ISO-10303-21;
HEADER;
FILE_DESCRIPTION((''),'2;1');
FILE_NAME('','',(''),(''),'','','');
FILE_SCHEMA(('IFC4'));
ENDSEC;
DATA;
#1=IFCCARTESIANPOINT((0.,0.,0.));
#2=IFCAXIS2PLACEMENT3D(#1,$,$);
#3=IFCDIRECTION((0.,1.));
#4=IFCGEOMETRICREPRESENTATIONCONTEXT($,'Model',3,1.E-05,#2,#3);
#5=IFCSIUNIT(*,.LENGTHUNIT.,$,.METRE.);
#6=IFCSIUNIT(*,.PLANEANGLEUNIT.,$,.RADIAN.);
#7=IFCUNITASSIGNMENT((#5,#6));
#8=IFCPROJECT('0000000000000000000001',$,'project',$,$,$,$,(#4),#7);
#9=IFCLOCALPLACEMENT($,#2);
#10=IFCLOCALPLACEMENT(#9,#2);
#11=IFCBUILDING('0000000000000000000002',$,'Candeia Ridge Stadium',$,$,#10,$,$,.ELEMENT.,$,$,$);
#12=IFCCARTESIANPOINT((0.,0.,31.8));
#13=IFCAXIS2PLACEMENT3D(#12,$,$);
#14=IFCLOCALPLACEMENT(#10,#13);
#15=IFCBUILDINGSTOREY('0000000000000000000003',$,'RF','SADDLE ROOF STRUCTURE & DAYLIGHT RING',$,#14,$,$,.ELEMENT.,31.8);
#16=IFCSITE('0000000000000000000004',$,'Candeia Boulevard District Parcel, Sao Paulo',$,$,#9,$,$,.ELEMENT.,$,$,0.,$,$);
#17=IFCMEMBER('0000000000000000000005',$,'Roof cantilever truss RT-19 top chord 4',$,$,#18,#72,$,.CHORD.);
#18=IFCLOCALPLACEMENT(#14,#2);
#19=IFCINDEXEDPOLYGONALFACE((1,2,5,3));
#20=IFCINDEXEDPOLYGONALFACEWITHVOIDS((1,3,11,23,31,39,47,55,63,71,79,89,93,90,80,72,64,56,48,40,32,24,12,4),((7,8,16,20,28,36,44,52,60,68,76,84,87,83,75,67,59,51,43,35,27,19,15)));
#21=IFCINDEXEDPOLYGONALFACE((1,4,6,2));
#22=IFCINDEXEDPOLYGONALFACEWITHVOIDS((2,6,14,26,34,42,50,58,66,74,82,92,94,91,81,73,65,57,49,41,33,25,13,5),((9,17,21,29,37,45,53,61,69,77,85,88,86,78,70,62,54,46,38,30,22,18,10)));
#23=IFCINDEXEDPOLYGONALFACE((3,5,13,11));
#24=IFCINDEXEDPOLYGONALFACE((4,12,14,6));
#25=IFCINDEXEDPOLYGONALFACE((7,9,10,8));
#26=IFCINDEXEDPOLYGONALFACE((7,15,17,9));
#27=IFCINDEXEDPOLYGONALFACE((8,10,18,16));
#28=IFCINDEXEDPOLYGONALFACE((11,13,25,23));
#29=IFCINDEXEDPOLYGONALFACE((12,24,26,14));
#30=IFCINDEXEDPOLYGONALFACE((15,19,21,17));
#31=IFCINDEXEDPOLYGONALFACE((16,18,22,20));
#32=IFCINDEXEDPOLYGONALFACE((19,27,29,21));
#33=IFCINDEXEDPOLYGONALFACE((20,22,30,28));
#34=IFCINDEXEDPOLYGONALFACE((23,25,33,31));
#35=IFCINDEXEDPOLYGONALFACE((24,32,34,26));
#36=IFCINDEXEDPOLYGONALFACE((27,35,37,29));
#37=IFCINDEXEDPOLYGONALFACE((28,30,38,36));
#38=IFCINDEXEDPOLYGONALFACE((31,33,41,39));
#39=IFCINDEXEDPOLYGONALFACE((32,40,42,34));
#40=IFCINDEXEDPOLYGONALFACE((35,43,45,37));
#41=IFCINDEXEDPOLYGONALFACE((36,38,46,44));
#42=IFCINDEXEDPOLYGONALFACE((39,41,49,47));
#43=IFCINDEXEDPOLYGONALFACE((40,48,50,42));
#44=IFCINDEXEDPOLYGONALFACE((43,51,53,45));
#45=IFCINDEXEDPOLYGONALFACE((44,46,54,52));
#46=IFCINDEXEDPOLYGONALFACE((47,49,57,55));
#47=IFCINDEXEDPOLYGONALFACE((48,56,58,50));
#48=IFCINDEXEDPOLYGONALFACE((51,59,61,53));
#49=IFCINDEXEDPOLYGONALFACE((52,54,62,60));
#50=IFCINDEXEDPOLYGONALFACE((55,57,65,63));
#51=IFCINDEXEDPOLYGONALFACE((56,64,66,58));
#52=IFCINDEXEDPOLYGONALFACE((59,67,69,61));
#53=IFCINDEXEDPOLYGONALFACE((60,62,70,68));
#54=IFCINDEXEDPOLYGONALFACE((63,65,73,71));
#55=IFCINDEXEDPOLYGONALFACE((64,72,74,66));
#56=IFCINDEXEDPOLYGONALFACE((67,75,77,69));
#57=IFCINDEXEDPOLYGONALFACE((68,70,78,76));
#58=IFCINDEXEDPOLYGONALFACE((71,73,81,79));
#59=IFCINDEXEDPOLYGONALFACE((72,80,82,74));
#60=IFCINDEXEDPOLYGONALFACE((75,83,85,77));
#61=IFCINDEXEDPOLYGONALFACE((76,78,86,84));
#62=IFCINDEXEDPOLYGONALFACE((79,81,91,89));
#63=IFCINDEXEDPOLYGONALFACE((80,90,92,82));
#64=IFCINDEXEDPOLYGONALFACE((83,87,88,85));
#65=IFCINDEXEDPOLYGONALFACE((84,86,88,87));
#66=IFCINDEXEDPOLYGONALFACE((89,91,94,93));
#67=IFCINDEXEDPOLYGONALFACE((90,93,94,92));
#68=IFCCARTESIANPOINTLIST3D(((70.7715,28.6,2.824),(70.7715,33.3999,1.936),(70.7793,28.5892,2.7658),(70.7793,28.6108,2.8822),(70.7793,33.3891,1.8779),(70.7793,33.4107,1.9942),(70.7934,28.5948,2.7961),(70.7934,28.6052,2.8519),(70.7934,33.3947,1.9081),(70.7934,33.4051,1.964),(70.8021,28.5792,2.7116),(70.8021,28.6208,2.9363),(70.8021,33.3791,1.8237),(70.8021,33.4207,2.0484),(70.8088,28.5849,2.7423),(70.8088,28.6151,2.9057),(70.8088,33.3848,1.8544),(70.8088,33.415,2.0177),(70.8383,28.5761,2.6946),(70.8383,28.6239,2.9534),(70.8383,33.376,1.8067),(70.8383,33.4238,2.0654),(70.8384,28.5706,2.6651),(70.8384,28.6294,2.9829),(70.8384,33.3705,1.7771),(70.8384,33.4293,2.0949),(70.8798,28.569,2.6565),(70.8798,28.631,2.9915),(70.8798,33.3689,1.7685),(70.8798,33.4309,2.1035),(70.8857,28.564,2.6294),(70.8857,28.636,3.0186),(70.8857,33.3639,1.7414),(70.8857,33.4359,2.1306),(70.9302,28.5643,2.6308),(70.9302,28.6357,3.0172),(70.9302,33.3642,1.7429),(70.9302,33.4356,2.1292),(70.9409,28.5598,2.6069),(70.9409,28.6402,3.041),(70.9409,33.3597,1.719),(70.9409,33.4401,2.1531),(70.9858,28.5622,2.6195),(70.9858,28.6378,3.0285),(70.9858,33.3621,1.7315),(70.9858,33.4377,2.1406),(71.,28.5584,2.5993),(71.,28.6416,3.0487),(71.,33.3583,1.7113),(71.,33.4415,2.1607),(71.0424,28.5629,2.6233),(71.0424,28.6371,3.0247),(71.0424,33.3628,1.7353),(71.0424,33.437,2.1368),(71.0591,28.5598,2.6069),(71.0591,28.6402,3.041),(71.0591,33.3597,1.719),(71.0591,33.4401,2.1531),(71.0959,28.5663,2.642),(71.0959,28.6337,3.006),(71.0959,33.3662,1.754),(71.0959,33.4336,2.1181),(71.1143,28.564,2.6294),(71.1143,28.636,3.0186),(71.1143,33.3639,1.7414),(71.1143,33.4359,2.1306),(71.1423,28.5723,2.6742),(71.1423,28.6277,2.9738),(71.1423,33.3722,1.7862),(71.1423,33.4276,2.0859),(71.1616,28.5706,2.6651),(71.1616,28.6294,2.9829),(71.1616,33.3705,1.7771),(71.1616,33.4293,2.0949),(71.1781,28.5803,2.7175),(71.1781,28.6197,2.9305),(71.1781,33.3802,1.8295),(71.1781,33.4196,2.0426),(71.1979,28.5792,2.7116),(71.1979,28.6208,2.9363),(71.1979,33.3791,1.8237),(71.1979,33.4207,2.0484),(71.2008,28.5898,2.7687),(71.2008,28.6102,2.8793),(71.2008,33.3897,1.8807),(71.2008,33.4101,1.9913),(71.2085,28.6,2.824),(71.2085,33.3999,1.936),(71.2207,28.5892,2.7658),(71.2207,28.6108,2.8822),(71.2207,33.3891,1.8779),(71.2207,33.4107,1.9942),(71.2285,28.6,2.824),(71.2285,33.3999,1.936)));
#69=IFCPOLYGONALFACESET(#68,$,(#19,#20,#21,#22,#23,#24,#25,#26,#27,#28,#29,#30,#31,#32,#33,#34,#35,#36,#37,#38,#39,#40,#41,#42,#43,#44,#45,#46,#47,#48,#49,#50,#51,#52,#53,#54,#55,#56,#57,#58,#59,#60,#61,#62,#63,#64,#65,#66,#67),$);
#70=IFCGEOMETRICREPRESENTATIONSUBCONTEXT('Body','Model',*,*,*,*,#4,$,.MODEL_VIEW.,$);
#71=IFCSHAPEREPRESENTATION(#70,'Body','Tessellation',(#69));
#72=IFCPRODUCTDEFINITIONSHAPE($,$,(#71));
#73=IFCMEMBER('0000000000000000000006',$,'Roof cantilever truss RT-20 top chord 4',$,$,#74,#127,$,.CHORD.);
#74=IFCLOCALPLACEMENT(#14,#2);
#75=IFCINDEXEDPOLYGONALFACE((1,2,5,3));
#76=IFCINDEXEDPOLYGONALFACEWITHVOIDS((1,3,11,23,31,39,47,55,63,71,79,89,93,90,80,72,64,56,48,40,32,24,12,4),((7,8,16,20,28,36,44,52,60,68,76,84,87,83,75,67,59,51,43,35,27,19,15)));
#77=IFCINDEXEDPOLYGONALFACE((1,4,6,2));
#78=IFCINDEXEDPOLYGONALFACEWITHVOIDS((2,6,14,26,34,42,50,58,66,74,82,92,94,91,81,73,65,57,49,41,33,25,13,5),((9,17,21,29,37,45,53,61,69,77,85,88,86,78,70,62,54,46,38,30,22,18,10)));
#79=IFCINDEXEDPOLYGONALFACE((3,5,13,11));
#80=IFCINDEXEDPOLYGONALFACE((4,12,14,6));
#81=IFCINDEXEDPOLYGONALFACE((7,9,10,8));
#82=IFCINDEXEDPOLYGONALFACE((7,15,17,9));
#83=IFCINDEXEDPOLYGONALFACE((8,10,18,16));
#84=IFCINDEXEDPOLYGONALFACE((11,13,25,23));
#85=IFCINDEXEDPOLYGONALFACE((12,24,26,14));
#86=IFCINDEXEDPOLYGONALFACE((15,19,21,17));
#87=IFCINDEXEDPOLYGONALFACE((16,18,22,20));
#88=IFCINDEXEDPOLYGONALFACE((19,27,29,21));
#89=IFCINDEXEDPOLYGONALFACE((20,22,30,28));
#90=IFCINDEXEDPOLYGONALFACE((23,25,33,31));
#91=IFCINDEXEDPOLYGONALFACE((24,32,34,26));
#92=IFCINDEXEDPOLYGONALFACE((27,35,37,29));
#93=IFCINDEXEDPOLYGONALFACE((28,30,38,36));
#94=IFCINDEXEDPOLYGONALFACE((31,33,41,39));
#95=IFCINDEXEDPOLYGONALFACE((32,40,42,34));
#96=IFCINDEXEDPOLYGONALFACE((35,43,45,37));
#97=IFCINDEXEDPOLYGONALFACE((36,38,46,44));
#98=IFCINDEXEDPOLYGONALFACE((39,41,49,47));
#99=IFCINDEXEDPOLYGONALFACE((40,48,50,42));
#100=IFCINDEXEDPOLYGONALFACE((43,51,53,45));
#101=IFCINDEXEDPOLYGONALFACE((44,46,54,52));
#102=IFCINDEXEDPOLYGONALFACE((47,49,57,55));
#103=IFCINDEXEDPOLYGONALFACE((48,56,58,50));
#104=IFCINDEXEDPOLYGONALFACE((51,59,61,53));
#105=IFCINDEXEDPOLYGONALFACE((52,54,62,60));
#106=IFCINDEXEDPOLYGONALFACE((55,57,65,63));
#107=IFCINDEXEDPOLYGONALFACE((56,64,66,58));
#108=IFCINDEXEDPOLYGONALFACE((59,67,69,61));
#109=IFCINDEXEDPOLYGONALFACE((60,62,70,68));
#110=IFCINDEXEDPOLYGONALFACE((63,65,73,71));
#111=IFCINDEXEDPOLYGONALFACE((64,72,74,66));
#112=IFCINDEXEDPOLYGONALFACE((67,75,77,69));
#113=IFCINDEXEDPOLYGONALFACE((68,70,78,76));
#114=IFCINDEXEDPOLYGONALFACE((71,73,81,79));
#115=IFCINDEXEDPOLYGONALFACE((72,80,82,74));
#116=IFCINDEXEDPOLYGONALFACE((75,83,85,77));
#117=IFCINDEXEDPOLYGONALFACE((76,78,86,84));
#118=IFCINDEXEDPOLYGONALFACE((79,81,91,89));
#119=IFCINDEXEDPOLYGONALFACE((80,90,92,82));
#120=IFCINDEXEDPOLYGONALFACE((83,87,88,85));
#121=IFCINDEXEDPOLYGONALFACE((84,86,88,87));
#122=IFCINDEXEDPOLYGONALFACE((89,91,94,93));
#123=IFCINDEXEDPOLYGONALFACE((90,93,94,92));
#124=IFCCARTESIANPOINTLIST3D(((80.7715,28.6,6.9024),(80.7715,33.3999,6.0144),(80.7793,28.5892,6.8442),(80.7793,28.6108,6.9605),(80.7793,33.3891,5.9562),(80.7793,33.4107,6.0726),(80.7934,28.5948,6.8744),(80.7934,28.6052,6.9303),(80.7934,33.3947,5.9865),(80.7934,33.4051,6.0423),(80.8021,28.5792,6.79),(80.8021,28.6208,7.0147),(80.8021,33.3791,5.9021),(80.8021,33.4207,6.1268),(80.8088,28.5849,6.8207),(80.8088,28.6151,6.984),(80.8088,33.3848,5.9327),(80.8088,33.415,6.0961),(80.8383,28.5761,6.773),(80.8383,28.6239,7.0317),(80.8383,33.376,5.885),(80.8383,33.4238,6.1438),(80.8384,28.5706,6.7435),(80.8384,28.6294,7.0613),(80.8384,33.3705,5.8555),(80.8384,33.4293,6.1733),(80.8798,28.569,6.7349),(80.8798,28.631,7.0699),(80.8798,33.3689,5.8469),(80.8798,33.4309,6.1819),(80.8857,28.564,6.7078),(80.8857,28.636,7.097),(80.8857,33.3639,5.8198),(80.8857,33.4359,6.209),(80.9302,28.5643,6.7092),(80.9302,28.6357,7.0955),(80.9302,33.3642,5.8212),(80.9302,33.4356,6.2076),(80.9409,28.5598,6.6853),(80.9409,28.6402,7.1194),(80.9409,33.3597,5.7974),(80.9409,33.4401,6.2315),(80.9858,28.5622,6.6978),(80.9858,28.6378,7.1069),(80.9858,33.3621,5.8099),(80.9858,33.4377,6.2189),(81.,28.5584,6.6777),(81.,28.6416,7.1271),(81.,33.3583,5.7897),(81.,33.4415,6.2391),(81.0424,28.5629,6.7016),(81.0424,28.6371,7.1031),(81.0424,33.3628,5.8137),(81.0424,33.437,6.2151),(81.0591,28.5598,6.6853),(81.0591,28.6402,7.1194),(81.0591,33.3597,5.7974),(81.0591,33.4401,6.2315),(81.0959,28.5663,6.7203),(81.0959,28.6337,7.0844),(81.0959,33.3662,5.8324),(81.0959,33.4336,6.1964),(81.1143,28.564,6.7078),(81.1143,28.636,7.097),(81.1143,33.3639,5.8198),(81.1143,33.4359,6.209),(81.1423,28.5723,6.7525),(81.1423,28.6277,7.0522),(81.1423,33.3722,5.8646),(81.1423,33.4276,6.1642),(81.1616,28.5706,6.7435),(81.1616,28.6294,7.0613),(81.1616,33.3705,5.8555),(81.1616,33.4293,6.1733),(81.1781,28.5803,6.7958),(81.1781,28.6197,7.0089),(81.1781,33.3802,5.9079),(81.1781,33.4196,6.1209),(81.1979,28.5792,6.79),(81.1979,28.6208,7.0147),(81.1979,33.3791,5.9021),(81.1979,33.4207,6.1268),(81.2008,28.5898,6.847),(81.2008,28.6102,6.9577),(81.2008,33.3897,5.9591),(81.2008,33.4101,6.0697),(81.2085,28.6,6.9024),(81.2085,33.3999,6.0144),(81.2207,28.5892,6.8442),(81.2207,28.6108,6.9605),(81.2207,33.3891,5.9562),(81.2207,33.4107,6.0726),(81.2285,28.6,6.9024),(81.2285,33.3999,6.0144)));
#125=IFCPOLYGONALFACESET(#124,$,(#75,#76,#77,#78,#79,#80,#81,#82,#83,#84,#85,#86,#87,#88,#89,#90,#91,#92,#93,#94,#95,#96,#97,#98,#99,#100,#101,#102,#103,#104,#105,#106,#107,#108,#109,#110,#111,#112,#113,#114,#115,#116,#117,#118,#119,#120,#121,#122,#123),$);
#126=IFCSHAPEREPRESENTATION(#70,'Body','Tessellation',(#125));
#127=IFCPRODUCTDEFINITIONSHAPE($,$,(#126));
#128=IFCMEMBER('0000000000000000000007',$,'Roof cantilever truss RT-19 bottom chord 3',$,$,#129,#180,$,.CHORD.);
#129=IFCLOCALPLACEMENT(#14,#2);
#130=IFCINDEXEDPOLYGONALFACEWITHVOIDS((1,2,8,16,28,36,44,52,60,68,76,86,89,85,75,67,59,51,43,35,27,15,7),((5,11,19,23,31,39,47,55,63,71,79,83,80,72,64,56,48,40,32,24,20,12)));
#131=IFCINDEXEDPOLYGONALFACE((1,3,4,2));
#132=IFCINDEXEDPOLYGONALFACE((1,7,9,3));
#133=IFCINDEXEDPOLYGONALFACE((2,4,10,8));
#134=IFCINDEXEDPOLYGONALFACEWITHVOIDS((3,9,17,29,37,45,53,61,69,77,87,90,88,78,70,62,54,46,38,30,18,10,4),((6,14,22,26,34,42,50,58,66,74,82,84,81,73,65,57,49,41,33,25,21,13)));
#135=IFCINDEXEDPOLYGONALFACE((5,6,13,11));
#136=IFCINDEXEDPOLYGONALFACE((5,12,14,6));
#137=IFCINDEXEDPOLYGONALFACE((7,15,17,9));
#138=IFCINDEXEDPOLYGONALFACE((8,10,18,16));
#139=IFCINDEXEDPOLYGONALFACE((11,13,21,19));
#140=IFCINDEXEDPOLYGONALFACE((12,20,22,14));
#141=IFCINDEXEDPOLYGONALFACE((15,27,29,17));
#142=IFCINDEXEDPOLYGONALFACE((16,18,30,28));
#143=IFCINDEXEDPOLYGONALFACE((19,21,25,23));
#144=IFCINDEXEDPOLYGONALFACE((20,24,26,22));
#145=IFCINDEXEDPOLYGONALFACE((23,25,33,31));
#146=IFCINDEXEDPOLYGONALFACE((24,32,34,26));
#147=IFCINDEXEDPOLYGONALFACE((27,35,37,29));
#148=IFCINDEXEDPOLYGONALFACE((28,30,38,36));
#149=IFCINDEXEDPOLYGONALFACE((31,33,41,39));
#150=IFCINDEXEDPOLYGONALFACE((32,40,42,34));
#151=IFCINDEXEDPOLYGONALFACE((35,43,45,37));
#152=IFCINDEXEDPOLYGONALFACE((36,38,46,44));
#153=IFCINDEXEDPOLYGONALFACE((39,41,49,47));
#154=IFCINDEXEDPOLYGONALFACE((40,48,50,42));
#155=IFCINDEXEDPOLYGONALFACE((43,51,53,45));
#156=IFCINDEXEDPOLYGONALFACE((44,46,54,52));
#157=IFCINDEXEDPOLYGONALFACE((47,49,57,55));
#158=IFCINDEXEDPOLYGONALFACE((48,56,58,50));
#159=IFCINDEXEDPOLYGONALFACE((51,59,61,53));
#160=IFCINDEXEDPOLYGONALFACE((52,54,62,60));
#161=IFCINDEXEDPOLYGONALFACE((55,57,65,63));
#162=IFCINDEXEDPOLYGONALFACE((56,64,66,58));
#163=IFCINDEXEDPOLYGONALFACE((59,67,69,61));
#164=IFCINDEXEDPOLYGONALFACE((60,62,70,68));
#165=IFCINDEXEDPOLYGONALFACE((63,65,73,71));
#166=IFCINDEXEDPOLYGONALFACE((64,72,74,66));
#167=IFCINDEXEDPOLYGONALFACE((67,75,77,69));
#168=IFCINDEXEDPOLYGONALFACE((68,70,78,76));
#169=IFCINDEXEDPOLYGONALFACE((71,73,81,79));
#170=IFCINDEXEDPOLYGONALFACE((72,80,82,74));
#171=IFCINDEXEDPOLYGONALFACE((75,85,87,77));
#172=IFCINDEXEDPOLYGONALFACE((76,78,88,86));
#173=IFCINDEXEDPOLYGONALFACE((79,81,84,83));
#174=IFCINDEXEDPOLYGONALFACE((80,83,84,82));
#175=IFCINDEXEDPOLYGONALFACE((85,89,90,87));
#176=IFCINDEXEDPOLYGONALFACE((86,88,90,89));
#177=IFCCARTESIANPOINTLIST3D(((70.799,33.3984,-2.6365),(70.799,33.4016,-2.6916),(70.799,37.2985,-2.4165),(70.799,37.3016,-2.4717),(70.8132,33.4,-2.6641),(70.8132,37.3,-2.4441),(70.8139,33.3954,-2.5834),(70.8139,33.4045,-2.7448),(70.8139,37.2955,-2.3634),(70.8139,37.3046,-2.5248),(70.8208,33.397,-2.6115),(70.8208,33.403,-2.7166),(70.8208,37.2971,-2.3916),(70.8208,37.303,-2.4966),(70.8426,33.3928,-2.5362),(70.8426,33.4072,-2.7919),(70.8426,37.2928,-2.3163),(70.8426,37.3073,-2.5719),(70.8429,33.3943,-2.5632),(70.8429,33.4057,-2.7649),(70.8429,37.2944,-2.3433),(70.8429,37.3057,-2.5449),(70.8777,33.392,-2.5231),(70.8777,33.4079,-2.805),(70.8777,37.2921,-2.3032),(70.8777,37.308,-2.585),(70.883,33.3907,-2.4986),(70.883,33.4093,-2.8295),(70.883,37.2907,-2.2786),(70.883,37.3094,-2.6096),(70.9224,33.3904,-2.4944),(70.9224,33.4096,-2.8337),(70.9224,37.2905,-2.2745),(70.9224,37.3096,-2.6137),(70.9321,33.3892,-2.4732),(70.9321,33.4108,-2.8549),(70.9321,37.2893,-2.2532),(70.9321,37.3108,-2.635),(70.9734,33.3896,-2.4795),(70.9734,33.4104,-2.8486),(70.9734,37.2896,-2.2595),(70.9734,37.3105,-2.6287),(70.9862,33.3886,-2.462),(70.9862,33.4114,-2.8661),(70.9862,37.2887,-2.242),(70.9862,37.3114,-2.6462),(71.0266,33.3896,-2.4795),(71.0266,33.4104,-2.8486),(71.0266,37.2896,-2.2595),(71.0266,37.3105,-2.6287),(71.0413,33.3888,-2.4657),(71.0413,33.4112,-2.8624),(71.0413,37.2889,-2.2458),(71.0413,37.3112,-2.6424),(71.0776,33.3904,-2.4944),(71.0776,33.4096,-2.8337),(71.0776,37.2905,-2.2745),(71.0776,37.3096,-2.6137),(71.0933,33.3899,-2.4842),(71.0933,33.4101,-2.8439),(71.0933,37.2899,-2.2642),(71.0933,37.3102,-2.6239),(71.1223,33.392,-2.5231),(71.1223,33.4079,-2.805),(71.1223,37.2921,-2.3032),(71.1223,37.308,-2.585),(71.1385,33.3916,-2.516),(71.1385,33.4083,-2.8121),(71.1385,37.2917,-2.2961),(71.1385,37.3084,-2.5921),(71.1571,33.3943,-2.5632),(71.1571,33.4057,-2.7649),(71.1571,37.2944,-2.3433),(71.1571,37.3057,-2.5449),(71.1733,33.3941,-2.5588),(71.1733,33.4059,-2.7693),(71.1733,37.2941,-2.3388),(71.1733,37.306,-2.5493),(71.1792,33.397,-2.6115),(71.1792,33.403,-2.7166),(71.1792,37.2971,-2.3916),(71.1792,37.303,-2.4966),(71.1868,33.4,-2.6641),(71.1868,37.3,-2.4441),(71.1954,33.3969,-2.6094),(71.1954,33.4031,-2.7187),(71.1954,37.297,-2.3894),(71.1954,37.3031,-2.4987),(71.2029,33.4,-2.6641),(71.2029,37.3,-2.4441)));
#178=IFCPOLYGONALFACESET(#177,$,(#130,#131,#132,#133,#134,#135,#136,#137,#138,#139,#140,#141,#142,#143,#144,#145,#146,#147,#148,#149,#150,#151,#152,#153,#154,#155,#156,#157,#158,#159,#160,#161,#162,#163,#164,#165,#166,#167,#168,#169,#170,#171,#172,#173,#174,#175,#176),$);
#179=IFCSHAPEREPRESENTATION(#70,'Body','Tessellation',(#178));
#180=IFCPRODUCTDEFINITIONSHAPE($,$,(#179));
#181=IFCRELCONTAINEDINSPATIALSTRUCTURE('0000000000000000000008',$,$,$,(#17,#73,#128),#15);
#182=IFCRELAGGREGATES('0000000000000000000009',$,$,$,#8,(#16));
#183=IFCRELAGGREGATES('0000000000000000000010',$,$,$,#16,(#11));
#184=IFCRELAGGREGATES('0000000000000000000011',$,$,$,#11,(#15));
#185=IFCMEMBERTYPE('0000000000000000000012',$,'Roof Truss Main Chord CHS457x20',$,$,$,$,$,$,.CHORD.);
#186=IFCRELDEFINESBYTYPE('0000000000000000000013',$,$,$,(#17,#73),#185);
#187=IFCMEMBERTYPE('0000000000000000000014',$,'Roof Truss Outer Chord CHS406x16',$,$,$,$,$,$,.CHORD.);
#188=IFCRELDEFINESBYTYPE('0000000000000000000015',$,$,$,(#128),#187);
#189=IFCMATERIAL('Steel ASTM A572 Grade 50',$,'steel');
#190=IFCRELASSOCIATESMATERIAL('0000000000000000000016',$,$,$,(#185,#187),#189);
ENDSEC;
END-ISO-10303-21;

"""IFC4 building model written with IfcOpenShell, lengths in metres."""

from ifc_helpers import new_model, si_unit, direction, frame, origin, origin_2d, place, context, subcontext, project, spatial, hollow_circle, extrude, material, material_profile, profile_set, type_object, element, save


model = new_model("IFC4")

# Units and contexts
model_context = context("Model", 3, precision=1e-05, world=origin(), true_north=direction((0.0, 1.0)))
body_context = subcontext(model_context, "Body", "Model", "MODEL_VIEW")
ifc_project = project(units=[si_unit("LENGTHUNIT", "METRE"), si_unit("PLANEANGLEUNIT", "RADIAN")], contexts=[model_context])

# Site, building, storey
site_placement = place(None, origin())
site = spatial("IfcSite", under=ifc_project, at=site_placement, Name="Candeia Boulevard District Parcel, Sao Paulo", CompositionType="ELEMENT", RefElevation=0.0)
building_placement = place(site_placement, origin())
building = spatial("IfcBuilding", under=site, at=building_placement, Name="Candeia Ridge Stadium", CompositionType="ELEMENT")
storey_placement = place(building_placement, frame((0.0, 0.0, 31.8)))
storey = spatial("IfcBuildingStorey", under=building, at=storey_placement, Name="RF", Description="SADDLE ROOF STRUCTURE & DAYLIGHT RING", CompositionType="ELEMENT", Elevation=31.8)

# Shared definitions
ifc_material_1 = material(Name="Steel ASTM A572 Grade 50", Category="steel")

# Members
ifc_material_profile_1 = material_profile(ifc_material_1, hollow_circle(Radius=0.2285, WallThickness=0.02, at=origin_2d()), Name="CHS457x20", Category="steel")
ifc_profile_set_1 = profile_set([ifc_material_profile_1], Name="Steel ASTM A572 Grade 50")
member_type_1 = type_object("IfcMemberType", Name="Roof Truss Main Chord CHS457x20", PredefinedType="CHORD", material=ifc_profile_set_1)
for number, where, z_axis, x_axis, name in (
    (1, (71.0, 33.3999, 1.936), (0.0, -0.983315, 0.181908), (1.0, 0.0, 0.0), "Roof cantilever truss RT-19 top chord 4"),
    (2, (81.0, 33.3999, 6.0144), (0.0, -0.983315, 0.181908), (1.0, 0.0, 0.0), "Roof cantilever truss RT-20 top chord 4"),
):
    element("IfcMember", number, at=place(storey_placement, frame(where, z_axis=z_axis, x_axis=x_axis)), inside=storey, type_object=member_type_1, Name=name, PredefinedType="CHORD", context=body_context, shape_type="SweptSolid", body=[
        extrude(hollow_circle(Radius=0.2285, WallThickness=0.02, at=origin_2d()), origin(), (0.0, 0.0, 1.0), 4.8813),
    ])
ifc_material_profile_2 = material_profile(ifc_material_1, hollow_circle(Radius=0.2029, WallThickness=0.0161, at=origin_2d()), Name="CHS406x16", Category="steel")
ifc_profile_set_2 = profile_set([ifc_material_profile_2], Name="Steel ASTM A572 Grade 50")
member_type_2 = type_object("IfcMemberType", Name="Roof Truss Outer Chord CHS406x16", PredefinedType="CHORD", material=ifc_profile_set_2)
member_1_placement = place(storey_placement, frame((71.0, 37.3, -2.4441), z_axis=(0.0, -0.998413, -0.056311), x_axis=(1.0, 0.0, 0.0)))
element("IfcMember", 3, at=member_1_placement, inside=storey, type_object=member_type_2, Name="Roof cantilever truss RT-19 bottom chord 3", PredefinedType="CHORD", context=body_context, shape_type="SweptSolid", body=[
    extrude(hollow_circle(Radius=0.2029, WallThickness=0.0161, at=origin_2d()), origin(), (0.0, 0.0, 1.0), 3.9062),
])

save(model, "model.ifc")
